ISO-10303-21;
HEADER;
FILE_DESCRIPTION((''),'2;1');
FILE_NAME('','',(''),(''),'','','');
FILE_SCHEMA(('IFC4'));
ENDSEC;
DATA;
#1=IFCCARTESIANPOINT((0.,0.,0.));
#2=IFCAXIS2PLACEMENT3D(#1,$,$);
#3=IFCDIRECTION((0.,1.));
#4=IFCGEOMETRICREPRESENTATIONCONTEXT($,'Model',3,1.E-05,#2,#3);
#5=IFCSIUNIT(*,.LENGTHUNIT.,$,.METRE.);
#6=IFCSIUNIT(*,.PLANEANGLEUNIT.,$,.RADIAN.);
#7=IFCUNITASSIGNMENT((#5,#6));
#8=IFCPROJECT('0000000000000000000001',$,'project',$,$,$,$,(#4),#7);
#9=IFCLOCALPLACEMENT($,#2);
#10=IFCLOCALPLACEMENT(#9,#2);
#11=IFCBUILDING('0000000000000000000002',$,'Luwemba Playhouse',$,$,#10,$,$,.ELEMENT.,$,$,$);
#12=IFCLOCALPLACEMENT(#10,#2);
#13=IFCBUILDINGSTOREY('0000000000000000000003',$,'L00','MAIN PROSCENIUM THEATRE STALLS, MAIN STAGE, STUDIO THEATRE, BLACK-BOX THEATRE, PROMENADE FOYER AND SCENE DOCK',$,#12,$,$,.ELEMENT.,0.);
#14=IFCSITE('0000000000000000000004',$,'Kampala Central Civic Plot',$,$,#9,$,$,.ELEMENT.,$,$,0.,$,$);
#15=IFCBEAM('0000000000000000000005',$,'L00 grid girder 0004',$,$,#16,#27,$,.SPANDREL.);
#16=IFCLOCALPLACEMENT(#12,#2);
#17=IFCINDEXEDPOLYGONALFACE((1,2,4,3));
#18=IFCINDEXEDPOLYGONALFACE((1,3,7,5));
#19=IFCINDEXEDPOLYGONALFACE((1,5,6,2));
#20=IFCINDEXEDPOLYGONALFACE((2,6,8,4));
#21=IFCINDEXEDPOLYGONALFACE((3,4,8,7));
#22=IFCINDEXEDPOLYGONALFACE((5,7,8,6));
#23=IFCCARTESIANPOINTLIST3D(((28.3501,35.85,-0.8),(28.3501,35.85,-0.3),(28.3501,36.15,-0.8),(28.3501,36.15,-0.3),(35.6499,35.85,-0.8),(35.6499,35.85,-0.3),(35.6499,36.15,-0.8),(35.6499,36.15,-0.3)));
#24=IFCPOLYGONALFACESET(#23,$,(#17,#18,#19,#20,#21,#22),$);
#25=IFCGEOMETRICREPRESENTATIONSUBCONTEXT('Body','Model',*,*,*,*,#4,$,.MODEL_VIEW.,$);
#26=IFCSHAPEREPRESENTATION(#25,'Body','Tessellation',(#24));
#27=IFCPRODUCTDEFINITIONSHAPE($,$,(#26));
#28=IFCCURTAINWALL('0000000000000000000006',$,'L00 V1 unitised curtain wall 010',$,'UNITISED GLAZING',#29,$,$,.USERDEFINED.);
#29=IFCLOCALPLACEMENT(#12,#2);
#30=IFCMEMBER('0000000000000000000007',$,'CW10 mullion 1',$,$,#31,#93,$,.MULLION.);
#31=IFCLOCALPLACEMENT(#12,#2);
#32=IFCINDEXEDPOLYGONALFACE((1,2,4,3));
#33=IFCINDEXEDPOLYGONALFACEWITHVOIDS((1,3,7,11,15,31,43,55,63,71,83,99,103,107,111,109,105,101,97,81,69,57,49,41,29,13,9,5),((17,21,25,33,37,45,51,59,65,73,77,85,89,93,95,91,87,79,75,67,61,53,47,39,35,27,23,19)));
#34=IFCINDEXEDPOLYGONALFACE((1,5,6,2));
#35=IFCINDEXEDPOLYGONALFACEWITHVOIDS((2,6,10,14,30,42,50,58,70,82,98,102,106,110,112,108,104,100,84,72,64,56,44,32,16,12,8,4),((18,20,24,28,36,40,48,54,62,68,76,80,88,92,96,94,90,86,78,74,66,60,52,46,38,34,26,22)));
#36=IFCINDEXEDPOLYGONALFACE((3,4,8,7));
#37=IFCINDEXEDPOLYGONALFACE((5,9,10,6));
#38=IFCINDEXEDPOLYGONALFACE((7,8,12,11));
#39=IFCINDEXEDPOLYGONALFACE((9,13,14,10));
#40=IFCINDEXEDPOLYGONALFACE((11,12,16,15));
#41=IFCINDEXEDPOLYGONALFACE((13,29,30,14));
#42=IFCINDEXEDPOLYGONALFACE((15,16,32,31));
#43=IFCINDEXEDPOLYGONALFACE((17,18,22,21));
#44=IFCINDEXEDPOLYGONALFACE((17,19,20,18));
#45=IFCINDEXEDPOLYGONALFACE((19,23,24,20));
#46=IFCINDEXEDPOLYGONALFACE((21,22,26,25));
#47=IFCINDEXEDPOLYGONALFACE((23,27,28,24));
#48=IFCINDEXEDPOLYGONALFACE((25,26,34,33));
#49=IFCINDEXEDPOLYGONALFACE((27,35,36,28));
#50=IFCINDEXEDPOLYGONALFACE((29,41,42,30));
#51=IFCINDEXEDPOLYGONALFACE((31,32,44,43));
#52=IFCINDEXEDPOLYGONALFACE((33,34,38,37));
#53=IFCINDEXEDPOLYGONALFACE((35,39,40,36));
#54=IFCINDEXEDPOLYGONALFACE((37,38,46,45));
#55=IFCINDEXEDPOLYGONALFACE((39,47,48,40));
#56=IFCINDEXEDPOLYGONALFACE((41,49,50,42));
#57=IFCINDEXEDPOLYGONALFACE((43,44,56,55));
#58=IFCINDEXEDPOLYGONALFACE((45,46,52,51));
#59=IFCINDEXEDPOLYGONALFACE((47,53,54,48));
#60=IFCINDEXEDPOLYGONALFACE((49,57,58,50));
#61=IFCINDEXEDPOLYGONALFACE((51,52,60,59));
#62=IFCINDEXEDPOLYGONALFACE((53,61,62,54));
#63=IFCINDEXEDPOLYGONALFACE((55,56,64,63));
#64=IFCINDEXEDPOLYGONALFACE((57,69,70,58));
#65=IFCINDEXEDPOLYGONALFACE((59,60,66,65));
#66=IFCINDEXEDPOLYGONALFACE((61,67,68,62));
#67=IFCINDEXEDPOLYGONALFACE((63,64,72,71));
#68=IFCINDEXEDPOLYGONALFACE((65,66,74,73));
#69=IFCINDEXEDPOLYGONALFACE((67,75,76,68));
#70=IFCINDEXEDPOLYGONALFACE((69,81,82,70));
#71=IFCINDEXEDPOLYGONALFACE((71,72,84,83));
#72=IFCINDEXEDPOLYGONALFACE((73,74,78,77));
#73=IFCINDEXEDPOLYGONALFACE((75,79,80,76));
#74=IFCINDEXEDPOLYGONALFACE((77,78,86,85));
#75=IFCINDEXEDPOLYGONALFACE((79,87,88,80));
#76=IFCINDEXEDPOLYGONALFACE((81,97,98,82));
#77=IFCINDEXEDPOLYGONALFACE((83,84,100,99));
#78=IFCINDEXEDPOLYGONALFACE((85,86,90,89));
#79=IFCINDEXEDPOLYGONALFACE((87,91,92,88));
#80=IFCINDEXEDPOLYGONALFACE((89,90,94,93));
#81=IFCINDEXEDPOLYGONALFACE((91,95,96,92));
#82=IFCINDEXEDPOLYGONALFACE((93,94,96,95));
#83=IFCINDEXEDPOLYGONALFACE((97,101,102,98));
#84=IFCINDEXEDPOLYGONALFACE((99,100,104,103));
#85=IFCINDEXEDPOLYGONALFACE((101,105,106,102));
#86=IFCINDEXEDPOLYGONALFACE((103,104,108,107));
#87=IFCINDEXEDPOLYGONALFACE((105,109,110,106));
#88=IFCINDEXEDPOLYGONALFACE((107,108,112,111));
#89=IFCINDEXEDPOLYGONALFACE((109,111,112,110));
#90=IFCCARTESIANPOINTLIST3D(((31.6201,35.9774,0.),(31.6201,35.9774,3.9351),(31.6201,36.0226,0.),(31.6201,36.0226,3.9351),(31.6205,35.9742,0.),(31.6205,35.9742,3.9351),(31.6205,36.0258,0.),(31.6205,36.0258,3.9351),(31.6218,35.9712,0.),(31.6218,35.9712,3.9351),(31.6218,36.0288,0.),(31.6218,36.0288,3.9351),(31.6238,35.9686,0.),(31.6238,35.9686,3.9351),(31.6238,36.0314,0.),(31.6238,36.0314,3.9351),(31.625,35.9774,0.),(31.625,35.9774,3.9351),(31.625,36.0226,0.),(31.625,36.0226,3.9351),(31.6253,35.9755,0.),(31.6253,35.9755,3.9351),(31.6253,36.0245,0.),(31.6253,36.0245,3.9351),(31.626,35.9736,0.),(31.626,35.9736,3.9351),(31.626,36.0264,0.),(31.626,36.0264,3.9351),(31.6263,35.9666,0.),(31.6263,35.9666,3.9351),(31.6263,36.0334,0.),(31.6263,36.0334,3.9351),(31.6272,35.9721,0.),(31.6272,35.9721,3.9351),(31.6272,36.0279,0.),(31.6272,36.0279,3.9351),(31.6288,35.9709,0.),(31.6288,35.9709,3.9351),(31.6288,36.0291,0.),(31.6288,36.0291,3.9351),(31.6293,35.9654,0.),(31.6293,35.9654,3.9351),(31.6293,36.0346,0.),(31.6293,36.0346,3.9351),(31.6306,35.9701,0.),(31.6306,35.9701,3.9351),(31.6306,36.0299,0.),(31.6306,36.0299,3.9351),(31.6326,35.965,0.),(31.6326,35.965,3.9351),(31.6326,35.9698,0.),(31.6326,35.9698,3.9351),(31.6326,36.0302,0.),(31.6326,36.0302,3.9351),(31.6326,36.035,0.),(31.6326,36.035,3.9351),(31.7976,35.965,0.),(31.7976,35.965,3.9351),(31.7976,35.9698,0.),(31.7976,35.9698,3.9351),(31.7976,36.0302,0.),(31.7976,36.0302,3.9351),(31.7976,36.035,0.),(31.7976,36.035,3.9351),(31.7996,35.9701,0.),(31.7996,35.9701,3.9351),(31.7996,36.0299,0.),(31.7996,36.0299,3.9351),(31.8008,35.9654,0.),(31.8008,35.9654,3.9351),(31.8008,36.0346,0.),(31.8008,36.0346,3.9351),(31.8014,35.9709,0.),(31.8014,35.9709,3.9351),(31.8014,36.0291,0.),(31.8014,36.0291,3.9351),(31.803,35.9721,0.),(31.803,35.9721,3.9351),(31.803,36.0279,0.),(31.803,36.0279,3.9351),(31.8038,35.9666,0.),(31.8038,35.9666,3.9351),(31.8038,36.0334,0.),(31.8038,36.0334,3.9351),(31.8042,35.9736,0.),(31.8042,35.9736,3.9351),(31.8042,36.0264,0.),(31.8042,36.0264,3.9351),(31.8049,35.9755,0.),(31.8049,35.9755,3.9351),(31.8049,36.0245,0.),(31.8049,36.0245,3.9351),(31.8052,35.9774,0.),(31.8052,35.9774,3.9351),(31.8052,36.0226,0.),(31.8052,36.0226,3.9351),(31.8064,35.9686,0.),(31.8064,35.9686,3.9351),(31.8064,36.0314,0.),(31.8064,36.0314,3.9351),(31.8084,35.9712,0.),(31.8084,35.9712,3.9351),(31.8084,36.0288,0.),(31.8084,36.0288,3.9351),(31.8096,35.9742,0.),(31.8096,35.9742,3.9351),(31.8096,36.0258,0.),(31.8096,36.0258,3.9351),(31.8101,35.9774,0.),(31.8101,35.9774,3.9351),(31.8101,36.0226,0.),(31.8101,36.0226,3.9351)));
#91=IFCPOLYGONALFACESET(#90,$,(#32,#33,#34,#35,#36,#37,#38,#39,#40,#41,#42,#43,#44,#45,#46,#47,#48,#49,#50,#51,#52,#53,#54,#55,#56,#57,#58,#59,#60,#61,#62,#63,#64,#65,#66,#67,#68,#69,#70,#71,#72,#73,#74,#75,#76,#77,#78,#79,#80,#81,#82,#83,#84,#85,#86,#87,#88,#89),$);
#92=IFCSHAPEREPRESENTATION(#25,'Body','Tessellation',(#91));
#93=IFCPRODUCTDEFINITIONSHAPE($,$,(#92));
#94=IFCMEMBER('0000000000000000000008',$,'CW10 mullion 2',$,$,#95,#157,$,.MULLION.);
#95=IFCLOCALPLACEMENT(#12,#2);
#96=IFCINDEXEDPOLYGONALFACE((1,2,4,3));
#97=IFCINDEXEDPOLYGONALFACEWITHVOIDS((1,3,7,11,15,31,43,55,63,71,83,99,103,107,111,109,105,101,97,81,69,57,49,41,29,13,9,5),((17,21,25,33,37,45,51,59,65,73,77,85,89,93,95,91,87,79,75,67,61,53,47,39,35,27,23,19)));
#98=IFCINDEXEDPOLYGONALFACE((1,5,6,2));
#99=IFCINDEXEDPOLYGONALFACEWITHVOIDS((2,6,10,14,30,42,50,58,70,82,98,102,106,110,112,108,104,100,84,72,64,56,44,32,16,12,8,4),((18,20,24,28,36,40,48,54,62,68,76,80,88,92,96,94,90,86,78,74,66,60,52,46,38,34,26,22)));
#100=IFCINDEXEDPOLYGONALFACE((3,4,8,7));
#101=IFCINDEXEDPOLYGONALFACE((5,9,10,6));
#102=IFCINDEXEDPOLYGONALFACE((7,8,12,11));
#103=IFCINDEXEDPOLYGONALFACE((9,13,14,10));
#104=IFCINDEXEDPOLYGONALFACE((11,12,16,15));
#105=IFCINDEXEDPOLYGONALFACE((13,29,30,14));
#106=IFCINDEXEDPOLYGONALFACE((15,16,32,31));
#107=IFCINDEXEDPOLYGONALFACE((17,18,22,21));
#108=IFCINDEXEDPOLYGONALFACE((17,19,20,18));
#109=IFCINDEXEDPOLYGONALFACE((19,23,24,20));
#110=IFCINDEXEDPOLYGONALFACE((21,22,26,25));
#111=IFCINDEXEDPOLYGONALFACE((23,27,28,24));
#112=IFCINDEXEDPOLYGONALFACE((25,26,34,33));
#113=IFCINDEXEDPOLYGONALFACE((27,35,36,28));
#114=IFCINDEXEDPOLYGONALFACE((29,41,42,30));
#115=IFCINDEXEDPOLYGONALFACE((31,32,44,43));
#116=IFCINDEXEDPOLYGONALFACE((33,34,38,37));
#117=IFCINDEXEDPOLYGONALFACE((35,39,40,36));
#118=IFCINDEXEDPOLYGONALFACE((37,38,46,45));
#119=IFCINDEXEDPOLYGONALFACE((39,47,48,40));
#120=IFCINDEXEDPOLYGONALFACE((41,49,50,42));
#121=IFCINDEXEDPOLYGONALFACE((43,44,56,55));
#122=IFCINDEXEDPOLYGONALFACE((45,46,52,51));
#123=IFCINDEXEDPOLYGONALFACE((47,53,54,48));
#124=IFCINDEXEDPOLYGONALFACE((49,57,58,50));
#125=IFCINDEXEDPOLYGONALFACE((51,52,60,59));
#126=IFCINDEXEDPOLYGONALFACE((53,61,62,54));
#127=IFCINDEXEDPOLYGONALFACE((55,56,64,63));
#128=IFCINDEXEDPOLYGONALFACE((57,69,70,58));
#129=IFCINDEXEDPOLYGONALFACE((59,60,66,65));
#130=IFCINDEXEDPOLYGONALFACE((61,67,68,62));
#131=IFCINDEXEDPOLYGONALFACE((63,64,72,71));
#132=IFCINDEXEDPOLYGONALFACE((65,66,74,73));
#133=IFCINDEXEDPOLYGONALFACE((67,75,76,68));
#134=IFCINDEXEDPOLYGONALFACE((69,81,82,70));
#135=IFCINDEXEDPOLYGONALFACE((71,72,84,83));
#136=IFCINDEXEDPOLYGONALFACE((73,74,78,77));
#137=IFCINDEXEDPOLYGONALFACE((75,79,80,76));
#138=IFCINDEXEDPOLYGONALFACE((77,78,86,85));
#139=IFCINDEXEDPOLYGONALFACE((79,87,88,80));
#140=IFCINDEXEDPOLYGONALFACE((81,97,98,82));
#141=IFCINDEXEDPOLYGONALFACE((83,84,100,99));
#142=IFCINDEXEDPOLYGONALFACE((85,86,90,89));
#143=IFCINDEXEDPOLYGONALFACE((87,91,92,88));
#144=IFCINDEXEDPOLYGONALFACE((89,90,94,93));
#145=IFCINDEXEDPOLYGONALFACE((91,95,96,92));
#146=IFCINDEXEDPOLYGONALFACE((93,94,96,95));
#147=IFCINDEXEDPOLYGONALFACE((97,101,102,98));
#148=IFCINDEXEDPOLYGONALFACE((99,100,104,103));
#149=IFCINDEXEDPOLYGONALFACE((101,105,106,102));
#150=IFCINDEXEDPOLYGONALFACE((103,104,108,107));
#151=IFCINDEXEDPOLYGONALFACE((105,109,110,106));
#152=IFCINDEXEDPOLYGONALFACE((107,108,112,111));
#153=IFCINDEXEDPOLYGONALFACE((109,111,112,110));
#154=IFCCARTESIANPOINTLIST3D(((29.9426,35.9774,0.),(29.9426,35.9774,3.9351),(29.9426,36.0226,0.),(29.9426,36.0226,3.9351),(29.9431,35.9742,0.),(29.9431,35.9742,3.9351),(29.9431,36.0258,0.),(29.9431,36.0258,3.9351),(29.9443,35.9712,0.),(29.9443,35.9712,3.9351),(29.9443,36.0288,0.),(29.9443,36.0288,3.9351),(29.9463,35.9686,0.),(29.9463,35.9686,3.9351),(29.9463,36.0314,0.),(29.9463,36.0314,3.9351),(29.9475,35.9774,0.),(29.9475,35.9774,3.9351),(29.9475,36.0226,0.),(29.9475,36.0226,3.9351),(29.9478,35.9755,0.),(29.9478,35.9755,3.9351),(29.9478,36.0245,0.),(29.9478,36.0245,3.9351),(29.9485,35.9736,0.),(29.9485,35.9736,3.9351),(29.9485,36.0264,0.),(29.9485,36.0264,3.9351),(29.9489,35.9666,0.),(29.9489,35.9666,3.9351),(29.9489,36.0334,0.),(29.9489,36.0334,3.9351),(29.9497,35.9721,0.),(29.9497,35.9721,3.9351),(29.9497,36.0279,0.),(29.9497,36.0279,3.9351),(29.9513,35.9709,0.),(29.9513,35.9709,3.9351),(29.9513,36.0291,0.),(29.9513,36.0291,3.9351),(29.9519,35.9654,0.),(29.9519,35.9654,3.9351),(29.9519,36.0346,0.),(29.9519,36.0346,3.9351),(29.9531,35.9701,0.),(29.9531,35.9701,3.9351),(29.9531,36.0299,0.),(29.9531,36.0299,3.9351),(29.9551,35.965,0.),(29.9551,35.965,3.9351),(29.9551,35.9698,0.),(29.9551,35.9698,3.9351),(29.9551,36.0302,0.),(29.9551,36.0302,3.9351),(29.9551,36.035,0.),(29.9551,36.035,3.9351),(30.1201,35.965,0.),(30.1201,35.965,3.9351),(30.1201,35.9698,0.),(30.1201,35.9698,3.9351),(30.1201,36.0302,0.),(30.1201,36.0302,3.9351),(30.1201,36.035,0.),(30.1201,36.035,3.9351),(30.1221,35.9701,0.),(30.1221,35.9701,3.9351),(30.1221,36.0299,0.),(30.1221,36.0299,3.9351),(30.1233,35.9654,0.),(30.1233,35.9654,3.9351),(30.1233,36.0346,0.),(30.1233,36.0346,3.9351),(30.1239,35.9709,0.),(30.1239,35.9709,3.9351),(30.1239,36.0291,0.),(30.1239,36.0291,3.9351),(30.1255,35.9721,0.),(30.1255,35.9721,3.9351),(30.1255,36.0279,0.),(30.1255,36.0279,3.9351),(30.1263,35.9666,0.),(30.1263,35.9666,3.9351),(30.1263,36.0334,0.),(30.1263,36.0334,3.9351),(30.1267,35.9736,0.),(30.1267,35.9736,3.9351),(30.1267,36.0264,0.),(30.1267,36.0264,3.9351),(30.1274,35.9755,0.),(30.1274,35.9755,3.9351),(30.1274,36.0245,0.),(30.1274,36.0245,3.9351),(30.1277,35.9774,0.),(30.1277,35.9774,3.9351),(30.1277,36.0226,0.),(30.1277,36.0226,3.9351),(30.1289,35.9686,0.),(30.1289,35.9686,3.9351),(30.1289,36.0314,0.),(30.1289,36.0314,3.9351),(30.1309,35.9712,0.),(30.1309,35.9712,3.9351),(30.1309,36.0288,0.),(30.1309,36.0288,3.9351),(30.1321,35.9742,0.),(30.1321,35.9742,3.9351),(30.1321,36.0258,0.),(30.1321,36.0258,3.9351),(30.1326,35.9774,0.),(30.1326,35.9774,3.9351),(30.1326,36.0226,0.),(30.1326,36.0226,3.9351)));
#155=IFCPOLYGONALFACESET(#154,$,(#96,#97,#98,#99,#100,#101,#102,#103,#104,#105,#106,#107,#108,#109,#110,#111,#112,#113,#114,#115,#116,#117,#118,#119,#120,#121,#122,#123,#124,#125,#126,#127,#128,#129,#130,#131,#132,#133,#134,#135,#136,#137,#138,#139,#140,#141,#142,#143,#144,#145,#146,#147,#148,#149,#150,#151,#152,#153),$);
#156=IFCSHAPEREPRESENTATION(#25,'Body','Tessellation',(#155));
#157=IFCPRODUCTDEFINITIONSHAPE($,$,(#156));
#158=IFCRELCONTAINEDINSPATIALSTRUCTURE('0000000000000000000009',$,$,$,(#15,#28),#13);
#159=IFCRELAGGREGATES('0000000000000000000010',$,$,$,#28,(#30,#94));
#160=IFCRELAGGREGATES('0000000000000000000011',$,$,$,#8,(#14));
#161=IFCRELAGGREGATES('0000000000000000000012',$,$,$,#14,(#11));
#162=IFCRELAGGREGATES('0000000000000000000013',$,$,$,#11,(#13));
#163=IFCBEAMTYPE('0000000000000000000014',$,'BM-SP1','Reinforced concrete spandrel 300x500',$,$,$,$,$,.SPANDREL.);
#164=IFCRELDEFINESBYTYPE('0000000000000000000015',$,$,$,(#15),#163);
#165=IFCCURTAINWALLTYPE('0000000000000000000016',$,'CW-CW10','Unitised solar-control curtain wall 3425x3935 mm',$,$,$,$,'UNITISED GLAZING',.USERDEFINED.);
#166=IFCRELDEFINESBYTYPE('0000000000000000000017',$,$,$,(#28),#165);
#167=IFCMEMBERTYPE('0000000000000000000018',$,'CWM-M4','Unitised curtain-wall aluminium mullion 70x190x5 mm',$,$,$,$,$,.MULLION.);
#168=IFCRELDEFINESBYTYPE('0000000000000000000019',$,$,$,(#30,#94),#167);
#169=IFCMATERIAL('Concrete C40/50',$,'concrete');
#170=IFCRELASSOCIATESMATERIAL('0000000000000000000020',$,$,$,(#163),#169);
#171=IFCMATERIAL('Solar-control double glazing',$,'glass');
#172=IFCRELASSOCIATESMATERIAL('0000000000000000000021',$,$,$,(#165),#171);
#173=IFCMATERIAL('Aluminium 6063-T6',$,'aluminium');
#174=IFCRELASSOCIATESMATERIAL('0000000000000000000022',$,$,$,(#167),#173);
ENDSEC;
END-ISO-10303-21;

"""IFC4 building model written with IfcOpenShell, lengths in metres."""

from ifc_helpers import new_model, si_unit, direction, frame, origin, origin_2d, place, context, subcontext, project, spatial, rectangle, hollow_rectangle, extrude, material, material_profile, profile_set, type_object, element, aggregate, save


model = new_model("IFC4")

# Units and contexts
model_context = context("Model", 3, precision=1e-05, world=origin(), true_north=direction((0.0, 1.0)))
body_context = subcontext(model_context, "Body", "Model", "MODEL_VIEW")
ifc_project = project(units=[si_unit("LENGTHUNIT", "METRE"), si_unit("PLANEANGLEUNIT", "RADIAN")], contexts=[model_context])

# Site, building, storey
site_placement = place(None, origin())
site = spatial("IfcSite", under=ifc_project, at=site_placement, Name="Kampala Central Civic Plot", CompositionType="ELEMENT", RefElevation=0.0)
building_placement = place(site_placement, origin())
building = spatial("IfcBuilding", under=site, at=building_placement, Name="Luwemba Playhouse", CompositionType="ELEMENT")
storey_placement = place(building_placement, origin())
storey = spatial("IfcBuildingStorey", under=building, at=storey_placement, Name="L00", Description="MAIN PROSCENIUM THEATRE STALLS, MAIN STAGE, STUDIO THEATRE, BLACK-BOX THEATRE, PROMENADE FOYER AND SCENE DOCK", CompositionType="ELEMENT", Elevation=0.0)

# Shared definitions
ifc_material_1 = material(Name="Concrete C40/50", Category="concrete")

# Beam
ifc_material_profile_1 = material_profile(ifc_material_1, rectangle(XDim=0.3, YDim=0.5, at=origin_2d()))
ifc_profile_set_1 = profile_set([ifc_material_profile_1], Name="Concrete C40/50")
beam_type_1 = type_object("IfcBeamType", Name="BM-SP1", Description="Reinforced concrete spandrel 300x500", PredefinedType="SPANDREL", material=ifc_profile_set_1)
beam_1_placement = place(storey_placement, frame((28.3501, 36.0, -0.55), z_axis=(1.0, 0.0, 0.0), x_axis=(0.0, 1.0, 0.0)))
element("IfcBeam", 1, at=beam_1_placement, inside=storey, type_object=beam_type_1, Name="L00 grid girder 0004", PredefinedType="SPANDREL", context=body_context, shape_type="SweptSolid", body=[
    extrude(rectangle(XDim=0.3, YDim=0.5, at=origin_2d()), origin(), (0.0, 0.0, 1.0), 7.2998),
])

# Curtain wall, members
ifc_material_2 = material(Name="Solar-control double glazing", Category="glass")
curtain_wall_type = type_object("IfcCurtainWallType", Name="CW-CW10", Description="Unitised solar-control curtain wall 3425x3935 mm", ElementType="UNITISED GLAZING", PredefinedType="USERDEFINED", material=ifc_material_2)
curtain_wall_placement = place(storey_placement, origin())
curtain_wall = element("IfcCurtainWall", 2, at=curtain_wall_placement, inside=storey, type_object=curtain_wall_type, Name="L00 V1 unitised curtain wall 010", ObjectType="UNITISED GLAZING", PredefinedType="USERDEFINED")
ifc_material_3 = material(Name="Aluminium 6063-T6", Category="aluminium")
ifc_material_profile_2 = material_profile(ifc_material_3, hollow_rectangle(XDim=0.0701, YDim=0.1899, WallThickness=0.0049, InnerFilletRadius=0.0076, OuterFilletRadius=0.0125, at=origin_2d()))
ifc_profile_set_2 = profile_set([ifc_material_profile_2], Name="Aluminium 6063-T6")
member_type_1 = type_object("IfcMemberType", Name="CWM-M4", Description="Unitised curtain-wall aluminium mullion 70x190x5 mm", PredefinedType="MULLION", material=ifc_profile_set_2)
member_1_placement = place(storey_placement, frame((31.7151, 36.0, 0.0), z_axis=(0.0, 0.0, 1.0), x_axis=(0.0, -1.0, 0.0)))
member_1 = element("IfcMember", 3, at=member_1_placement, type_object=member_type_1, Name="CW10 mullion 1", PredefinedType="MULLION", context=body_context, shape_type="SweptSolid", body=[
    extrude(hollow_rectangle(XDim=0.0701, YDim=0.1899, WallThickness=0.0049, InnerFilletRadius=0.0076, OuterFilletRadius=0.0125, at=origin_2d()), origin(), (0.0, 0.0, 1.0), 3.9351),
])
member_2_placement = place(storey_placement, frame((30.0376, 36.0, 0.0), z_axis=(0.0, 0.0, 1.0), x_axis=(0.0, -1.0, 0.0)))
member_2 = element("IfcMember", 4, at=member_2_placement, type_object=member_type_1, Name="CW10 mullion 2", PredefinedType="MULLION", context=body_context, shape_type="SweptSolid", body=[
    extrude(hollow_rectangle(XDim=0.0701, YDim=0.1899, WallThickness=0.0049, InnerFilletRadius=0.0076, OuterFilletRadius=0.0125, at=origin_2d()), origin(), (0.0, 0.0, 1.0), 3.9351),
])
aggregate(curtain_wall, [member_1, member_2])

save(model, "model.ifc")
